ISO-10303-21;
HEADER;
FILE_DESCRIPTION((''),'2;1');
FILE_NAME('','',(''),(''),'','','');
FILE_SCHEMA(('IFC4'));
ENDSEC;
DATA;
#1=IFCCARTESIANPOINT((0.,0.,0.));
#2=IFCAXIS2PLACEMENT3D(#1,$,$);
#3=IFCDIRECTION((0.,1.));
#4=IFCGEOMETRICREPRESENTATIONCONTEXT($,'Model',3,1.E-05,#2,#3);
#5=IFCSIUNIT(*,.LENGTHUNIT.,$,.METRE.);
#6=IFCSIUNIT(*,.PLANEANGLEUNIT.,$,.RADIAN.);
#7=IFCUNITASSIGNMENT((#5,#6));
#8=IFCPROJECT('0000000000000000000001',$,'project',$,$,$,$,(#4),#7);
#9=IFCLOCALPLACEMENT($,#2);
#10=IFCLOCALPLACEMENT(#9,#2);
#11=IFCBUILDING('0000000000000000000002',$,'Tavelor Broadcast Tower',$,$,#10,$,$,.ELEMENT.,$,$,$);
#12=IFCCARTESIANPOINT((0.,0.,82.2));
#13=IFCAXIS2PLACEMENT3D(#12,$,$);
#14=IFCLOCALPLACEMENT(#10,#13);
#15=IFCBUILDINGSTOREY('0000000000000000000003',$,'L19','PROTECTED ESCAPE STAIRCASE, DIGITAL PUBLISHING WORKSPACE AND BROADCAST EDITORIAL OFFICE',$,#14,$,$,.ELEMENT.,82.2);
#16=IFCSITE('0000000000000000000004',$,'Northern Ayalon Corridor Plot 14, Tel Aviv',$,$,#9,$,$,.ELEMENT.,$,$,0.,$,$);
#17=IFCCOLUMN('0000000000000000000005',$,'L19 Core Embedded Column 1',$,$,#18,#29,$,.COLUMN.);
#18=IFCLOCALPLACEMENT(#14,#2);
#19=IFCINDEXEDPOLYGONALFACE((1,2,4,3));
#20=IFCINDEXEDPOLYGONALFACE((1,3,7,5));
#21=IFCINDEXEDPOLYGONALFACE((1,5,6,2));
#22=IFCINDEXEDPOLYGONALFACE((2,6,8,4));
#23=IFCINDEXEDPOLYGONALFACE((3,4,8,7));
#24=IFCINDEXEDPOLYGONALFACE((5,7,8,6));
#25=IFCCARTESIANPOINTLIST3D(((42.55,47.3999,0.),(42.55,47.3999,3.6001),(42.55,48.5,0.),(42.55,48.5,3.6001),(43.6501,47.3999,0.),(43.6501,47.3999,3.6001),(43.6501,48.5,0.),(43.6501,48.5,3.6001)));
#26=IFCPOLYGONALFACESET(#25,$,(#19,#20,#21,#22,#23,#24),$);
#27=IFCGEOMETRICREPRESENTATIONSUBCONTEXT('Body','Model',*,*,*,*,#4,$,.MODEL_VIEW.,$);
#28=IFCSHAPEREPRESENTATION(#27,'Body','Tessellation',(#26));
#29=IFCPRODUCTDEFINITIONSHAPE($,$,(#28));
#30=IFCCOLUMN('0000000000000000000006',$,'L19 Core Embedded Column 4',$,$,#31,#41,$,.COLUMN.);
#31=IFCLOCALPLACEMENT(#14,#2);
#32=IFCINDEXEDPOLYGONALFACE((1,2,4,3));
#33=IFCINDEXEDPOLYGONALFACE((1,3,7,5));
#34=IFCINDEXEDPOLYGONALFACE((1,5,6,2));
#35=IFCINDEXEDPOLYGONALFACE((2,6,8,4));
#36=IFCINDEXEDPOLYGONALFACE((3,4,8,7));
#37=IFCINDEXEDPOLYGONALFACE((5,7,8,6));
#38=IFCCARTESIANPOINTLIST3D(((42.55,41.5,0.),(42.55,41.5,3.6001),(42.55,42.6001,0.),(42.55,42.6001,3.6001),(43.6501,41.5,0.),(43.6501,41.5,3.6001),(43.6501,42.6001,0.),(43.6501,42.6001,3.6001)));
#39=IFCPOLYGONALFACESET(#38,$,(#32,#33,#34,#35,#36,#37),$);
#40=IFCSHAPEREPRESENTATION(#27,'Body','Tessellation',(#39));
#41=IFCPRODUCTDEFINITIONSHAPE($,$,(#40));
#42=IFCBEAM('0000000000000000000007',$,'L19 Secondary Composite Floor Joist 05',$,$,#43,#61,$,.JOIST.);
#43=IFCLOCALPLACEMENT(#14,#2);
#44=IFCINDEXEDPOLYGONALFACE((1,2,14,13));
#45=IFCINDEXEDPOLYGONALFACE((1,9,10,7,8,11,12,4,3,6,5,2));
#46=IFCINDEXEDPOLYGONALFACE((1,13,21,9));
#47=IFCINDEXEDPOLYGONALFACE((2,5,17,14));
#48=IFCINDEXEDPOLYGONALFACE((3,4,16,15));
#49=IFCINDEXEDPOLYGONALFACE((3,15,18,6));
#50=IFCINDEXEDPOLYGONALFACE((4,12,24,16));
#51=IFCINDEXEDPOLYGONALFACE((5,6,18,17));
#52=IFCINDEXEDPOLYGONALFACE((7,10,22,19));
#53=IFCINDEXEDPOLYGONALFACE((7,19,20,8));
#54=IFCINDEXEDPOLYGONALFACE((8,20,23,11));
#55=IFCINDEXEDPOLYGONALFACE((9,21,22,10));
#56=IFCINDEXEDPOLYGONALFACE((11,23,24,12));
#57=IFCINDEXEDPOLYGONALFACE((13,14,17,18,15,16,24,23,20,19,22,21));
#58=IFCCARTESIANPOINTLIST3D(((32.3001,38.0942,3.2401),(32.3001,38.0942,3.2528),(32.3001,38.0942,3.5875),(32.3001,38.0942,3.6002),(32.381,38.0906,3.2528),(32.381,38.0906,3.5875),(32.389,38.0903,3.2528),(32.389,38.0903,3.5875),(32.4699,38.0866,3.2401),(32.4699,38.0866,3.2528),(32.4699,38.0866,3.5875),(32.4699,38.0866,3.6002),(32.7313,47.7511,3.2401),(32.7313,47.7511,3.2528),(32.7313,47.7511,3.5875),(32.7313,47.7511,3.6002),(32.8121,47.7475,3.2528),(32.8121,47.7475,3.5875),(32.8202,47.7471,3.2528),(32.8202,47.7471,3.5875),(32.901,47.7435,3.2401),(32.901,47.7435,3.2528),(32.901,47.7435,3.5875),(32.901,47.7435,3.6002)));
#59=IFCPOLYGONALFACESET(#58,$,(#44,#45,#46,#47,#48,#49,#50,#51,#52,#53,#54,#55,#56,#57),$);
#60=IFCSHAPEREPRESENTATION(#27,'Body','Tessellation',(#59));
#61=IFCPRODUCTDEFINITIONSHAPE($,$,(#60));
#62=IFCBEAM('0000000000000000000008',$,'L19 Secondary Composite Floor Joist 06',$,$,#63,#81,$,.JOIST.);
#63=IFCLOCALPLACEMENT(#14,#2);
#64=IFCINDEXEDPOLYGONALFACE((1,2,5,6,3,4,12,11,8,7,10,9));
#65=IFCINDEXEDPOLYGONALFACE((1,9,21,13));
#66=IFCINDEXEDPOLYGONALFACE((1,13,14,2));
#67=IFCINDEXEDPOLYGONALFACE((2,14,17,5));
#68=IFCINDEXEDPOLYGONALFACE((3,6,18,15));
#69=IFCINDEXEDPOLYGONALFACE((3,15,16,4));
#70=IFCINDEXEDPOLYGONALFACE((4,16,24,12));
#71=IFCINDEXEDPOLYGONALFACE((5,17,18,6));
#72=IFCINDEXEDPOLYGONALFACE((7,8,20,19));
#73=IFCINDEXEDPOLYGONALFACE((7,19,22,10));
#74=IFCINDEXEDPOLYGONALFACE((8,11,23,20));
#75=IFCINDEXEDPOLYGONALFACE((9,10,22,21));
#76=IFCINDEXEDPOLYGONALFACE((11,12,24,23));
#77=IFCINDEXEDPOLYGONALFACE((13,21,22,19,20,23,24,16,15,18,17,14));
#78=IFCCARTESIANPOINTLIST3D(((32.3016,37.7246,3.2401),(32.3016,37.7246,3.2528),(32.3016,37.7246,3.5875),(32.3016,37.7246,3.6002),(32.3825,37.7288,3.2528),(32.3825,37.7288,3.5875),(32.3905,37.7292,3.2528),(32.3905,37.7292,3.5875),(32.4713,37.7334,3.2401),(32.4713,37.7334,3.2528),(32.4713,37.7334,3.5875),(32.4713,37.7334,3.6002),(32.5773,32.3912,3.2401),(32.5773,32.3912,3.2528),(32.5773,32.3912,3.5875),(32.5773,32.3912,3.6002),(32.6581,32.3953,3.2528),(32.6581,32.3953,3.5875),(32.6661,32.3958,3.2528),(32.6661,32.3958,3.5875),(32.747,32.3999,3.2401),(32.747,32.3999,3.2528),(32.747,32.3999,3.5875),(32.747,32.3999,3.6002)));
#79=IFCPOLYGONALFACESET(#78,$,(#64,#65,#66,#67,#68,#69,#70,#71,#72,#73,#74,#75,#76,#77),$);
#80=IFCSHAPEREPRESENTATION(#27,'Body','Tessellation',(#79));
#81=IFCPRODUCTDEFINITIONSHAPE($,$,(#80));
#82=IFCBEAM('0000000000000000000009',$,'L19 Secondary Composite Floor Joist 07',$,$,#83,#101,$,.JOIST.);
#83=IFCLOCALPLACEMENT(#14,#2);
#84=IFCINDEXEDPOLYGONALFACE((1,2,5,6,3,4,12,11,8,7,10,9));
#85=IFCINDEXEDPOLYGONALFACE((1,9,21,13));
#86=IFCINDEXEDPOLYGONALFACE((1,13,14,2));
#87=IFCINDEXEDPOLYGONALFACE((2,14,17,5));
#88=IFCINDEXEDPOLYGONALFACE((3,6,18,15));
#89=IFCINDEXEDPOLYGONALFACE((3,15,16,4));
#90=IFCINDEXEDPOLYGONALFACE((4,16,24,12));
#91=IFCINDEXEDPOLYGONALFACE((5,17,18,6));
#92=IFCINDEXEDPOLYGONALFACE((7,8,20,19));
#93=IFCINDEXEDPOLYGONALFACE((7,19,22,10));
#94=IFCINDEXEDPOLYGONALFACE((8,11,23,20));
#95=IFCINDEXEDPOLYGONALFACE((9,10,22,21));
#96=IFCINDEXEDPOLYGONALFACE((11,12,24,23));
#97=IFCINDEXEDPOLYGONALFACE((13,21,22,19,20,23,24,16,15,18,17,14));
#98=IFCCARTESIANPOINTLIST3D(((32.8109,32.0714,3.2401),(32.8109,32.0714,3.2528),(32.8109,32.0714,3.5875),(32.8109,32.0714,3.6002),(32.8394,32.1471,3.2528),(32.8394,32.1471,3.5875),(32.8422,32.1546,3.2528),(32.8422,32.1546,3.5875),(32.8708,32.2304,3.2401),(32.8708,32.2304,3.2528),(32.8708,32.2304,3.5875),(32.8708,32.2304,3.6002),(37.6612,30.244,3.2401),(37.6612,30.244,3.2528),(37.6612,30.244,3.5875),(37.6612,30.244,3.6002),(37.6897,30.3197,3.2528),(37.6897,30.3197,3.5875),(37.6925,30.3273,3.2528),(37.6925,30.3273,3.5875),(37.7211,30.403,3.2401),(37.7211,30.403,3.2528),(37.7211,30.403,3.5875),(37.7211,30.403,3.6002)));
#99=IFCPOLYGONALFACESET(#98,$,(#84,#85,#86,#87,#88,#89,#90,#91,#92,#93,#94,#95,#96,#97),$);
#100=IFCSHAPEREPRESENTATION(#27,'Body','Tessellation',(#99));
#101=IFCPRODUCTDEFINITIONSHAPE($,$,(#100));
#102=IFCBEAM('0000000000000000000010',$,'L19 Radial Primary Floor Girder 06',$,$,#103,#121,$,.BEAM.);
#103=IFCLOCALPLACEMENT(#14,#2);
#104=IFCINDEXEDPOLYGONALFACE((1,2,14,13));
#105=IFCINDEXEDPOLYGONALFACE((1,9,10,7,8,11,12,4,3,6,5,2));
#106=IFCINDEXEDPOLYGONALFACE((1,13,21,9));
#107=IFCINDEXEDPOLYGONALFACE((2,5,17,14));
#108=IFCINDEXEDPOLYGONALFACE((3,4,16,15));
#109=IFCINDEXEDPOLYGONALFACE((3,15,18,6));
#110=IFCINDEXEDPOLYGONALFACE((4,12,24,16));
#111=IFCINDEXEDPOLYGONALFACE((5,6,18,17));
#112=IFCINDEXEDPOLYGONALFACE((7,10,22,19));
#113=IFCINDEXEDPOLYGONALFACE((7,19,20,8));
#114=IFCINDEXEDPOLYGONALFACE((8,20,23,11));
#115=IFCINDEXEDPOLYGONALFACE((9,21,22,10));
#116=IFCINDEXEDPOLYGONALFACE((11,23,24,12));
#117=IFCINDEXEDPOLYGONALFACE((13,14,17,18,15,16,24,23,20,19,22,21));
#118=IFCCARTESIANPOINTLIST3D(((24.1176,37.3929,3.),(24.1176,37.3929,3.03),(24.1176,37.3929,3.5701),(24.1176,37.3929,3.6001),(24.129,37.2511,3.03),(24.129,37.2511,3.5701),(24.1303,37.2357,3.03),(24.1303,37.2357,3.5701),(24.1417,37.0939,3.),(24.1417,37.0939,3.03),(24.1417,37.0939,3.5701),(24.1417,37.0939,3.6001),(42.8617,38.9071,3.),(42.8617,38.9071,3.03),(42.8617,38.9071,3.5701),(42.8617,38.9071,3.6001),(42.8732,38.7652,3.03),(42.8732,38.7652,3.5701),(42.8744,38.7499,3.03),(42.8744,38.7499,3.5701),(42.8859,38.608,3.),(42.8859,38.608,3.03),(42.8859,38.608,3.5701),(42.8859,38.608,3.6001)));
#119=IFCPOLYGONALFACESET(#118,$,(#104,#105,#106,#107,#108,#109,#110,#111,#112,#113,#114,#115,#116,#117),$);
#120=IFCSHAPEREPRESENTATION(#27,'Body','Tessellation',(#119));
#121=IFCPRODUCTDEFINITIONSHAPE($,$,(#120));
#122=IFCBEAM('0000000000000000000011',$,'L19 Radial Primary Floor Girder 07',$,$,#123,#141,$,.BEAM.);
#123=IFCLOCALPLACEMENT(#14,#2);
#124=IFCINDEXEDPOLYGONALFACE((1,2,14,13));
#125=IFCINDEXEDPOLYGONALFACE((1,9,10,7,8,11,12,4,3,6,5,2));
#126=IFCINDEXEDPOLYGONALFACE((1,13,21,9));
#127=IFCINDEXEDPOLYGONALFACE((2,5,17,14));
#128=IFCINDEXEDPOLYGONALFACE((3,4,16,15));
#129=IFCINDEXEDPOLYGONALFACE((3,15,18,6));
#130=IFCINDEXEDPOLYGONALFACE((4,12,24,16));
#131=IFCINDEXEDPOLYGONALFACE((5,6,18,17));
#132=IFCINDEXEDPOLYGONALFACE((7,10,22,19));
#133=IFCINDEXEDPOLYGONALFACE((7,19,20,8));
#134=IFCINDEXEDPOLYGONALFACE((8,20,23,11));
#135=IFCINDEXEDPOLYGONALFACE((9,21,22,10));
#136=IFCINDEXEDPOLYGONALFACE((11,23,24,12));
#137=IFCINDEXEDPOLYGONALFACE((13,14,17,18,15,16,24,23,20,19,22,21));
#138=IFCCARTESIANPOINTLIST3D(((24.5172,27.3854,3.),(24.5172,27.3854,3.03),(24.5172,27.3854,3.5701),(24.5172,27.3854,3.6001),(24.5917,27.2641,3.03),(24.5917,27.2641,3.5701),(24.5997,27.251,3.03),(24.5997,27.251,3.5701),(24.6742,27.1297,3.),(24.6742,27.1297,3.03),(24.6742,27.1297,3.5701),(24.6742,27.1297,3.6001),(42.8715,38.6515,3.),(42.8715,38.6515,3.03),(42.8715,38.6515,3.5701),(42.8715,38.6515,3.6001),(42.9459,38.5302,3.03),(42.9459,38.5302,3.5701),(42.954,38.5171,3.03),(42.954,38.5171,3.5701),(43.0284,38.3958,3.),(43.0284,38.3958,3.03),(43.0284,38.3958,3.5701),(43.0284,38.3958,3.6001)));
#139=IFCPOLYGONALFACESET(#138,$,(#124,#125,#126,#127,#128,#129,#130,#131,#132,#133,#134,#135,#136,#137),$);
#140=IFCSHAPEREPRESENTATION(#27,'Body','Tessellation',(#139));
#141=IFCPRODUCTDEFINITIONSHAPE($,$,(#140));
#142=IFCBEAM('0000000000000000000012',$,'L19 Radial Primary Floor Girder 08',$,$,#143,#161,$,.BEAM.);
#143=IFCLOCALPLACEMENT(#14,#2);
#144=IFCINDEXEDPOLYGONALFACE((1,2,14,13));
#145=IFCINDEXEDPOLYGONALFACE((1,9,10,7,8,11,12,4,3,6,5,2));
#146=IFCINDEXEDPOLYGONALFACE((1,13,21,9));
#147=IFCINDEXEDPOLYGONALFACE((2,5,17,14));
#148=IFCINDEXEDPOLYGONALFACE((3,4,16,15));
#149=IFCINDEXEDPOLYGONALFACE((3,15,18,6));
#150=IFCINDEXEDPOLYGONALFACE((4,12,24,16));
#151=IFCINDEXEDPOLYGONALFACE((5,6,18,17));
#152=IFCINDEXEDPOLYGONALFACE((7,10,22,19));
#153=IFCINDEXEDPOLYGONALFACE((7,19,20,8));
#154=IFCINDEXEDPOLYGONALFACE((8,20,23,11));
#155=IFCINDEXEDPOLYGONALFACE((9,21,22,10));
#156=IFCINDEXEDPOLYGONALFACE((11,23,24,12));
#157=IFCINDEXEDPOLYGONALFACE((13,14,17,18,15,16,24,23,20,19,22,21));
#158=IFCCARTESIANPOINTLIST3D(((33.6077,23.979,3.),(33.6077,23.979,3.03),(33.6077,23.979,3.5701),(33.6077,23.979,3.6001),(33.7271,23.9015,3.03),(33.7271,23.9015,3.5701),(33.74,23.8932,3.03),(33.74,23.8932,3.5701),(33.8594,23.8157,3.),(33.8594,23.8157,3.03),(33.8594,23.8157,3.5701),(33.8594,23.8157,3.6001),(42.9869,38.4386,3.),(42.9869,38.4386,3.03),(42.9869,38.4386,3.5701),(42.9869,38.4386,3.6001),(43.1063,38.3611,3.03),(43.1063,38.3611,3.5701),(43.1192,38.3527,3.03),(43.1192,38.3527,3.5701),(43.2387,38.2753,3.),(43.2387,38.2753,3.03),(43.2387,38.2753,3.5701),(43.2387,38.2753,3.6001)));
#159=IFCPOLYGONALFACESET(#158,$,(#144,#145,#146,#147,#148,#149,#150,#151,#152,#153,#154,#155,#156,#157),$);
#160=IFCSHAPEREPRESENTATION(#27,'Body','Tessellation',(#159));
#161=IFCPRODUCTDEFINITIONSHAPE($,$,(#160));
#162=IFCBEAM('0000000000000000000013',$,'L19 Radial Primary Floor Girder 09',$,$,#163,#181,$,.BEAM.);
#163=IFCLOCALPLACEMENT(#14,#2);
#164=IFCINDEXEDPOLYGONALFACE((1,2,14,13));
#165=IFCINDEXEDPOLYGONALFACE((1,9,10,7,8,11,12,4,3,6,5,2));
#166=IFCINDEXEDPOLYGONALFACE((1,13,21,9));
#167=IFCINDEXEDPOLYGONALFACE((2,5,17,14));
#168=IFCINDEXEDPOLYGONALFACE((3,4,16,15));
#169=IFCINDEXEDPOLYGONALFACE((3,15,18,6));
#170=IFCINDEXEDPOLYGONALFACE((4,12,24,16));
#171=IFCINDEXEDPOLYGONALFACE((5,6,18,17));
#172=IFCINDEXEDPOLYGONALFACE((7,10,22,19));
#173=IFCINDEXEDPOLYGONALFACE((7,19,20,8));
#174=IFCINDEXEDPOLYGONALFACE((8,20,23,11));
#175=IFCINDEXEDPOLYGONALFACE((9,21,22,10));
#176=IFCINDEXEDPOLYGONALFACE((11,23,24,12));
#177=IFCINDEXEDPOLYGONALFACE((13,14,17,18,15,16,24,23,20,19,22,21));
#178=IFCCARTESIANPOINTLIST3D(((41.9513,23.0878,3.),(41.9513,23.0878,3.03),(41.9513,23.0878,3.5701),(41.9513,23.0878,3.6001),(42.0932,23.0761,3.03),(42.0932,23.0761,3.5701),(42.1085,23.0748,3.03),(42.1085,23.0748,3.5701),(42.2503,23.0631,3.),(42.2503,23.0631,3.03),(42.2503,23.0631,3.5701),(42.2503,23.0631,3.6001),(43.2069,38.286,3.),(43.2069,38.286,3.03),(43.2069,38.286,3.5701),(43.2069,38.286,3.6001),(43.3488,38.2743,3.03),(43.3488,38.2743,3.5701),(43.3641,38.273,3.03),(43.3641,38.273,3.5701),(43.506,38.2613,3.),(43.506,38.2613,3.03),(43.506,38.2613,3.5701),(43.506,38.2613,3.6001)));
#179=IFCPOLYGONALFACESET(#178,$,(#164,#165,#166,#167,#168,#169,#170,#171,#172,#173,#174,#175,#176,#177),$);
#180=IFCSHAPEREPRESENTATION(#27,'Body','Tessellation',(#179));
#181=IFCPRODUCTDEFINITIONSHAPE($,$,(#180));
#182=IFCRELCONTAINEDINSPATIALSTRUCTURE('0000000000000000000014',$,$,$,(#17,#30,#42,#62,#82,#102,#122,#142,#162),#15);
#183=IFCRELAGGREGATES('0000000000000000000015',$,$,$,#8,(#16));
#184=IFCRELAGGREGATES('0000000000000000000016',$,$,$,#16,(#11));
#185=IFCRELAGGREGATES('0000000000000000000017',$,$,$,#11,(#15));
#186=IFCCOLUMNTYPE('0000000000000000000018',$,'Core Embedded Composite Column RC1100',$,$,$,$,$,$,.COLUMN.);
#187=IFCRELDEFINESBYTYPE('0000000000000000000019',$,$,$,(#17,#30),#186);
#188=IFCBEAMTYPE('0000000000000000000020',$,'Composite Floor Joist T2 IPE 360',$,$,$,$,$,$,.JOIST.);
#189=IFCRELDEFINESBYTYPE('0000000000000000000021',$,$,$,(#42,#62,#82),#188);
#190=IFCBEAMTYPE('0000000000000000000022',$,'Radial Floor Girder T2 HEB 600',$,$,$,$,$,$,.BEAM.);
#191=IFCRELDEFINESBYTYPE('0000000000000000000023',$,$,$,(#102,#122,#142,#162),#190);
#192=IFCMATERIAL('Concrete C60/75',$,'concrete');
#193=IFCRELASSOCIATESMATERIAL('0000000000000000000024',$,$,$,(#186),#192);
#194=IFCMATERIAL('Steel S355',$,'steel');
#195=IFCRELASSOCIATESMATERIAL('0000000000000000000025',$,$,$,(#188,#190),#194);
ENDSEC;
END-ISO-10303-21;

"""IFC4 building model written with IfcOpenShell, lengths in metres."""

from ifc_helpers import new_model, si_unit, direction, frame, origin, origin_2d, place, context, subcontext, project, spatial, rectangle, i_section, extrude, material, material_profile, profile_set, type_object, element, save


model = new_model("IFC4")

# Units and contexts
model_context = context("Model", 3, precision=1e-05, world=origin(), true_north=direction((0.0, 1.0)))
body_context = subcontext(model_context, "Body", "Model", "MODEL_VIEW")
ifc_project = project(units=[si_unit("LENGTHUNIT", "METRE"), si_unit("PLANEANGLEUNIT", "RADIAN")], contexts=[model_context])

# Site, building, storey
site_placement = place(None, origin())
site = spatial("IfcSite", under=ifc_project, at=site_placement, Name="Northern Ayalon Corridor Plot 14, Tel Aviv", CompositionType="ELEMENT", RefElevation=0.0)
building_placement = place(site_placement, origin())
building = spatial("IfcBuilding", under=site, at=building_placement, Name="Tavelor Broadcast Tower", CompositionType="ELEMENT")
storey_placement = place(building_placement, frame((0.0, 0.0, 82.2)))
storey = spatial("IfcBuildingStorey", under=building, at=storey_placement, Name="L19", Description="PROTECTED ESCAPE STAIRCASE, DIGITAL PUBLISHING WORKSPACE AND BROADCAST EDITORIAL OFFICE", CompositionType="ELEMENT", Elevation=82.2)

# Columns
ifc_material_1 = material(Name="Concrete C60/75", Category="concrete")
ifc_material_profile_1 = material_profile(ifc_material_1, rectangle(XDim=1.1001, YDim=1.1001, at=origin_2d()), Name="RC 1100x1100")
ifc_profile_set_1 = profile_set([ifc_material_profile_1], Name="Concrete C60/75")
column_type = type_object("IfcColumnType", Name="Core Embedded Composite Column RC1100", PredefinedType="COLUMN", material=ifc_profile_set_1)
for number, where, z_axis, x_axis, name in (
    (1, (43.1001, 47.95, 0.0), (0.0, 0.0, 1.0), (1.0, 0.0, 0.0), "L19 Core Embedded Column 1"),
    (2, (43.1001, 42.05, 0.0), (0.0, 0.0, 1.0), (1.0, 0.0, 0.0), "L19 Core Embedded Column 4"),
):
    element("IfcColumn", number, at=place(storey_placement, frame(where, z_axis=z_axis, x_axis=x_axis)), inside=storey, type_object=column_type, Name=name, PredefinedType="COLUMN", context=body_context, shape_type="SweptSolid", body=[
        extrude(rectangle(XDim=1.1001, YDim=1.1001, at=origin_2d()), origin(), (0.0, 0.0, 1.0), 3.6001),
    ])

# Beams
ifc_material_2 = material(Name="Steel S355", Category="steel")
ifc_material_profile_2 = material_profile(ifc_material_2, i_section(OverallWidth=0.1699, OverallDepth=0.3601, WebThickness=0.0081, FlangeThickness=0.0127, at=origin_2d()), Name="IPE 360")
ifc_profile_set_2 = profile_set([ifc_material_profile_2], Name="Steel S355")
beam_type_1 = type_object("IfcBeamType", Name="Composite Floor Joist T2 IPE 360", PredefinedType="JOIST", material=ifc_profile_set_2)
beam_1_placement = place(storey_placement, frame((32.8162, 47.7473, 3.4202), z_axis=(-0.044602, -0.999005, 0.0), x_axis=(0.999005, -0.044602, 0.0)))
element("IfcBeam", 3, at=beam_1_placement, inside=storey, type_object=beam_type_1, Name="L19 Secondary Composite Floor Joist 05", PredefinedType="JOIST", context=body_context, shape_type="SweptSolid", body=[
    extrude(i_section(OverallWidth=0.1699, OverallDepth=0.3601, WebThickness=0.0081, FlangeThickness=0.0127, at=origin_2d()), origin(), (0.0, 0.0, 1.0), 9.6665),
])
beam_2_placement = place(storey_placement, frame((32.3865, 37.729, 3.4202), z_axis=(0.051611, -0.998667, 0.0), x_axis=(0.998667, 0.051611, 0.0)))
element("IfcBeam", 4, at=beam_2_placement, inside=storey, type_object=beam_type_1, Name="L19 Secondary Composite Floor Joist 06", PredefinedType="JOIST", context=body_context, shape_type="SweptSolid", body=[
    extrude(i_section(OverallWidth=0.1699, OverallDepth=0.3601, WebThickness=0.0081, FlangeThickness=0.0127, at=origin_2d()), origin(), (0.0, 0.0, 1.0), 5.3406),
])
beam_3_placement = place(storey_placement, frame((32.8408, 32.1509, 3.4202), z_axis=(0.935788, -0.352563, 0.0), x_axis=(0.352563, 0.935788, 0.0)))
element("IfcBeam", 5, at=beam_3_placement, inside=storey, type_object=beam_type_1, Name="L19 Secondary Composite Floor Joist 07", PredefinedType="JOIST", context=body_context, shape_type="SweptSolid", body=[
    extrude(i_section(OverallWidth=0.1699, OverallDepth=0.3601, WebThickness=0.0081, FlangeThickness=0.0127, at=origin_2d()), origin(), (0.0, 0.0, 1.0), 5.1831),
])
ifc_material_profile_3 = material_profile(ifc_material_2, i_section(OverallWidth=0.3, OverallDepth=0.6001, WebThickness=0.0154, FlangeThickness=0.03, at=origin_2d()), Name="HEB 600")
ifc_profile_set_3 = profile_set([ifc_material_profile_3], Name="Steel S355")
beam_type_2 = type_object("IfcBeamType", Name="Radial Floor Girder T2 HEB 600", PredefinedType="BEAM", material=ifc_profile_set_3)
beam_4_placement = place(storey_placement, frame((42.8738, 38.7576, 3.3), z_axis=(-0.996753, -0.080518, 0.0), x_axis=(0.080518, -0.996753, 0.0)))
element("IfcBeam", 6, at=beam_4_placement, inside=storey, type_object=beam_type_2, Name="L19 Radial Primary Floor Girder 06", PredefinedType="BEAM", context=body_context, shape_type="SweptSolid", body=[
    extrude(i_section(OverallWidth=0.3, OverallDepth=0.6001, WebThickness=0.0154, FlangeThickness=0.03, at=origin_2d()), origin(), (0.0, 0.0, 1.0), 18.8052),
])
beam_5_placement = place(storey_placement, frame((42.95, 38.5237, 3.3), z_axis=(-0.852255, -0.523127, 0.0), x_axis=(0.523127, -0.852255, 0.0)))
element("IfcBeam", 7, at=beam_5_placement, inside=storey, type_object=beam_type_2, Name="L19 Radial Primary Floor Girder 07", PredefinedType="BEAM", context=body_context, shape_type="SweptSolid", body=[
    extrude(i_section(OverallWidth=0.3, OverallDepth=0.6001, WebThickness=0.0154, FlangeThickness=0.03, at=origin_2d()), origin(), (0.0, 0.0, 1.0), 21.5361),
])
beam_6_placement = place(storey_placement, frame((43.1128, 38.3569, 3.3), z_axis=(-0.544192, -0.83896, 0.0), x_axis=(0.83896, -0.544192, 0.0)))
element("IfcBeam", 8, at=beam_6_placement, inside=storey, type_object=beam_type_2, Name="L19 Radial Primary Floor Girder 08", PredefinedType="BEAM", context=body_context, shape_type="SweptSolid", body=[
    extrude(i_section(OverallWidth=0.3, OverallDepth=0.6001, WebThickness=0.0154, FlangeThickness=0.03, at=origin_2d()), origin(), (0.0, 0.0, 1.0), 17.2351),
])
beam_7_placement = place(storey_placement, frame((43.3564, 38.2737, 3.3), z_axis=(-0.082335, -0.996605, 0.0), x_axis=(0.996605, -0.082335, 0.0)))
element("IfcBeam", 9, at=beam_7_placement, inside=storey, type_object=beam_type_2, Name="L19 Radial Primary Floor Girder 09", PredefinedType="BEAM", context=body_context, shape_type="SweptSolid", body=[
    extrude(i_section(OverallWidth=0.3, OverallDepth=0.6001, WebThickness=0.0154, FlangeThickness=0.03, at=origin_2d()), origin(), (0.0, 0.0, 1.0), 15.25),
])

save(model, "model.ifc")
